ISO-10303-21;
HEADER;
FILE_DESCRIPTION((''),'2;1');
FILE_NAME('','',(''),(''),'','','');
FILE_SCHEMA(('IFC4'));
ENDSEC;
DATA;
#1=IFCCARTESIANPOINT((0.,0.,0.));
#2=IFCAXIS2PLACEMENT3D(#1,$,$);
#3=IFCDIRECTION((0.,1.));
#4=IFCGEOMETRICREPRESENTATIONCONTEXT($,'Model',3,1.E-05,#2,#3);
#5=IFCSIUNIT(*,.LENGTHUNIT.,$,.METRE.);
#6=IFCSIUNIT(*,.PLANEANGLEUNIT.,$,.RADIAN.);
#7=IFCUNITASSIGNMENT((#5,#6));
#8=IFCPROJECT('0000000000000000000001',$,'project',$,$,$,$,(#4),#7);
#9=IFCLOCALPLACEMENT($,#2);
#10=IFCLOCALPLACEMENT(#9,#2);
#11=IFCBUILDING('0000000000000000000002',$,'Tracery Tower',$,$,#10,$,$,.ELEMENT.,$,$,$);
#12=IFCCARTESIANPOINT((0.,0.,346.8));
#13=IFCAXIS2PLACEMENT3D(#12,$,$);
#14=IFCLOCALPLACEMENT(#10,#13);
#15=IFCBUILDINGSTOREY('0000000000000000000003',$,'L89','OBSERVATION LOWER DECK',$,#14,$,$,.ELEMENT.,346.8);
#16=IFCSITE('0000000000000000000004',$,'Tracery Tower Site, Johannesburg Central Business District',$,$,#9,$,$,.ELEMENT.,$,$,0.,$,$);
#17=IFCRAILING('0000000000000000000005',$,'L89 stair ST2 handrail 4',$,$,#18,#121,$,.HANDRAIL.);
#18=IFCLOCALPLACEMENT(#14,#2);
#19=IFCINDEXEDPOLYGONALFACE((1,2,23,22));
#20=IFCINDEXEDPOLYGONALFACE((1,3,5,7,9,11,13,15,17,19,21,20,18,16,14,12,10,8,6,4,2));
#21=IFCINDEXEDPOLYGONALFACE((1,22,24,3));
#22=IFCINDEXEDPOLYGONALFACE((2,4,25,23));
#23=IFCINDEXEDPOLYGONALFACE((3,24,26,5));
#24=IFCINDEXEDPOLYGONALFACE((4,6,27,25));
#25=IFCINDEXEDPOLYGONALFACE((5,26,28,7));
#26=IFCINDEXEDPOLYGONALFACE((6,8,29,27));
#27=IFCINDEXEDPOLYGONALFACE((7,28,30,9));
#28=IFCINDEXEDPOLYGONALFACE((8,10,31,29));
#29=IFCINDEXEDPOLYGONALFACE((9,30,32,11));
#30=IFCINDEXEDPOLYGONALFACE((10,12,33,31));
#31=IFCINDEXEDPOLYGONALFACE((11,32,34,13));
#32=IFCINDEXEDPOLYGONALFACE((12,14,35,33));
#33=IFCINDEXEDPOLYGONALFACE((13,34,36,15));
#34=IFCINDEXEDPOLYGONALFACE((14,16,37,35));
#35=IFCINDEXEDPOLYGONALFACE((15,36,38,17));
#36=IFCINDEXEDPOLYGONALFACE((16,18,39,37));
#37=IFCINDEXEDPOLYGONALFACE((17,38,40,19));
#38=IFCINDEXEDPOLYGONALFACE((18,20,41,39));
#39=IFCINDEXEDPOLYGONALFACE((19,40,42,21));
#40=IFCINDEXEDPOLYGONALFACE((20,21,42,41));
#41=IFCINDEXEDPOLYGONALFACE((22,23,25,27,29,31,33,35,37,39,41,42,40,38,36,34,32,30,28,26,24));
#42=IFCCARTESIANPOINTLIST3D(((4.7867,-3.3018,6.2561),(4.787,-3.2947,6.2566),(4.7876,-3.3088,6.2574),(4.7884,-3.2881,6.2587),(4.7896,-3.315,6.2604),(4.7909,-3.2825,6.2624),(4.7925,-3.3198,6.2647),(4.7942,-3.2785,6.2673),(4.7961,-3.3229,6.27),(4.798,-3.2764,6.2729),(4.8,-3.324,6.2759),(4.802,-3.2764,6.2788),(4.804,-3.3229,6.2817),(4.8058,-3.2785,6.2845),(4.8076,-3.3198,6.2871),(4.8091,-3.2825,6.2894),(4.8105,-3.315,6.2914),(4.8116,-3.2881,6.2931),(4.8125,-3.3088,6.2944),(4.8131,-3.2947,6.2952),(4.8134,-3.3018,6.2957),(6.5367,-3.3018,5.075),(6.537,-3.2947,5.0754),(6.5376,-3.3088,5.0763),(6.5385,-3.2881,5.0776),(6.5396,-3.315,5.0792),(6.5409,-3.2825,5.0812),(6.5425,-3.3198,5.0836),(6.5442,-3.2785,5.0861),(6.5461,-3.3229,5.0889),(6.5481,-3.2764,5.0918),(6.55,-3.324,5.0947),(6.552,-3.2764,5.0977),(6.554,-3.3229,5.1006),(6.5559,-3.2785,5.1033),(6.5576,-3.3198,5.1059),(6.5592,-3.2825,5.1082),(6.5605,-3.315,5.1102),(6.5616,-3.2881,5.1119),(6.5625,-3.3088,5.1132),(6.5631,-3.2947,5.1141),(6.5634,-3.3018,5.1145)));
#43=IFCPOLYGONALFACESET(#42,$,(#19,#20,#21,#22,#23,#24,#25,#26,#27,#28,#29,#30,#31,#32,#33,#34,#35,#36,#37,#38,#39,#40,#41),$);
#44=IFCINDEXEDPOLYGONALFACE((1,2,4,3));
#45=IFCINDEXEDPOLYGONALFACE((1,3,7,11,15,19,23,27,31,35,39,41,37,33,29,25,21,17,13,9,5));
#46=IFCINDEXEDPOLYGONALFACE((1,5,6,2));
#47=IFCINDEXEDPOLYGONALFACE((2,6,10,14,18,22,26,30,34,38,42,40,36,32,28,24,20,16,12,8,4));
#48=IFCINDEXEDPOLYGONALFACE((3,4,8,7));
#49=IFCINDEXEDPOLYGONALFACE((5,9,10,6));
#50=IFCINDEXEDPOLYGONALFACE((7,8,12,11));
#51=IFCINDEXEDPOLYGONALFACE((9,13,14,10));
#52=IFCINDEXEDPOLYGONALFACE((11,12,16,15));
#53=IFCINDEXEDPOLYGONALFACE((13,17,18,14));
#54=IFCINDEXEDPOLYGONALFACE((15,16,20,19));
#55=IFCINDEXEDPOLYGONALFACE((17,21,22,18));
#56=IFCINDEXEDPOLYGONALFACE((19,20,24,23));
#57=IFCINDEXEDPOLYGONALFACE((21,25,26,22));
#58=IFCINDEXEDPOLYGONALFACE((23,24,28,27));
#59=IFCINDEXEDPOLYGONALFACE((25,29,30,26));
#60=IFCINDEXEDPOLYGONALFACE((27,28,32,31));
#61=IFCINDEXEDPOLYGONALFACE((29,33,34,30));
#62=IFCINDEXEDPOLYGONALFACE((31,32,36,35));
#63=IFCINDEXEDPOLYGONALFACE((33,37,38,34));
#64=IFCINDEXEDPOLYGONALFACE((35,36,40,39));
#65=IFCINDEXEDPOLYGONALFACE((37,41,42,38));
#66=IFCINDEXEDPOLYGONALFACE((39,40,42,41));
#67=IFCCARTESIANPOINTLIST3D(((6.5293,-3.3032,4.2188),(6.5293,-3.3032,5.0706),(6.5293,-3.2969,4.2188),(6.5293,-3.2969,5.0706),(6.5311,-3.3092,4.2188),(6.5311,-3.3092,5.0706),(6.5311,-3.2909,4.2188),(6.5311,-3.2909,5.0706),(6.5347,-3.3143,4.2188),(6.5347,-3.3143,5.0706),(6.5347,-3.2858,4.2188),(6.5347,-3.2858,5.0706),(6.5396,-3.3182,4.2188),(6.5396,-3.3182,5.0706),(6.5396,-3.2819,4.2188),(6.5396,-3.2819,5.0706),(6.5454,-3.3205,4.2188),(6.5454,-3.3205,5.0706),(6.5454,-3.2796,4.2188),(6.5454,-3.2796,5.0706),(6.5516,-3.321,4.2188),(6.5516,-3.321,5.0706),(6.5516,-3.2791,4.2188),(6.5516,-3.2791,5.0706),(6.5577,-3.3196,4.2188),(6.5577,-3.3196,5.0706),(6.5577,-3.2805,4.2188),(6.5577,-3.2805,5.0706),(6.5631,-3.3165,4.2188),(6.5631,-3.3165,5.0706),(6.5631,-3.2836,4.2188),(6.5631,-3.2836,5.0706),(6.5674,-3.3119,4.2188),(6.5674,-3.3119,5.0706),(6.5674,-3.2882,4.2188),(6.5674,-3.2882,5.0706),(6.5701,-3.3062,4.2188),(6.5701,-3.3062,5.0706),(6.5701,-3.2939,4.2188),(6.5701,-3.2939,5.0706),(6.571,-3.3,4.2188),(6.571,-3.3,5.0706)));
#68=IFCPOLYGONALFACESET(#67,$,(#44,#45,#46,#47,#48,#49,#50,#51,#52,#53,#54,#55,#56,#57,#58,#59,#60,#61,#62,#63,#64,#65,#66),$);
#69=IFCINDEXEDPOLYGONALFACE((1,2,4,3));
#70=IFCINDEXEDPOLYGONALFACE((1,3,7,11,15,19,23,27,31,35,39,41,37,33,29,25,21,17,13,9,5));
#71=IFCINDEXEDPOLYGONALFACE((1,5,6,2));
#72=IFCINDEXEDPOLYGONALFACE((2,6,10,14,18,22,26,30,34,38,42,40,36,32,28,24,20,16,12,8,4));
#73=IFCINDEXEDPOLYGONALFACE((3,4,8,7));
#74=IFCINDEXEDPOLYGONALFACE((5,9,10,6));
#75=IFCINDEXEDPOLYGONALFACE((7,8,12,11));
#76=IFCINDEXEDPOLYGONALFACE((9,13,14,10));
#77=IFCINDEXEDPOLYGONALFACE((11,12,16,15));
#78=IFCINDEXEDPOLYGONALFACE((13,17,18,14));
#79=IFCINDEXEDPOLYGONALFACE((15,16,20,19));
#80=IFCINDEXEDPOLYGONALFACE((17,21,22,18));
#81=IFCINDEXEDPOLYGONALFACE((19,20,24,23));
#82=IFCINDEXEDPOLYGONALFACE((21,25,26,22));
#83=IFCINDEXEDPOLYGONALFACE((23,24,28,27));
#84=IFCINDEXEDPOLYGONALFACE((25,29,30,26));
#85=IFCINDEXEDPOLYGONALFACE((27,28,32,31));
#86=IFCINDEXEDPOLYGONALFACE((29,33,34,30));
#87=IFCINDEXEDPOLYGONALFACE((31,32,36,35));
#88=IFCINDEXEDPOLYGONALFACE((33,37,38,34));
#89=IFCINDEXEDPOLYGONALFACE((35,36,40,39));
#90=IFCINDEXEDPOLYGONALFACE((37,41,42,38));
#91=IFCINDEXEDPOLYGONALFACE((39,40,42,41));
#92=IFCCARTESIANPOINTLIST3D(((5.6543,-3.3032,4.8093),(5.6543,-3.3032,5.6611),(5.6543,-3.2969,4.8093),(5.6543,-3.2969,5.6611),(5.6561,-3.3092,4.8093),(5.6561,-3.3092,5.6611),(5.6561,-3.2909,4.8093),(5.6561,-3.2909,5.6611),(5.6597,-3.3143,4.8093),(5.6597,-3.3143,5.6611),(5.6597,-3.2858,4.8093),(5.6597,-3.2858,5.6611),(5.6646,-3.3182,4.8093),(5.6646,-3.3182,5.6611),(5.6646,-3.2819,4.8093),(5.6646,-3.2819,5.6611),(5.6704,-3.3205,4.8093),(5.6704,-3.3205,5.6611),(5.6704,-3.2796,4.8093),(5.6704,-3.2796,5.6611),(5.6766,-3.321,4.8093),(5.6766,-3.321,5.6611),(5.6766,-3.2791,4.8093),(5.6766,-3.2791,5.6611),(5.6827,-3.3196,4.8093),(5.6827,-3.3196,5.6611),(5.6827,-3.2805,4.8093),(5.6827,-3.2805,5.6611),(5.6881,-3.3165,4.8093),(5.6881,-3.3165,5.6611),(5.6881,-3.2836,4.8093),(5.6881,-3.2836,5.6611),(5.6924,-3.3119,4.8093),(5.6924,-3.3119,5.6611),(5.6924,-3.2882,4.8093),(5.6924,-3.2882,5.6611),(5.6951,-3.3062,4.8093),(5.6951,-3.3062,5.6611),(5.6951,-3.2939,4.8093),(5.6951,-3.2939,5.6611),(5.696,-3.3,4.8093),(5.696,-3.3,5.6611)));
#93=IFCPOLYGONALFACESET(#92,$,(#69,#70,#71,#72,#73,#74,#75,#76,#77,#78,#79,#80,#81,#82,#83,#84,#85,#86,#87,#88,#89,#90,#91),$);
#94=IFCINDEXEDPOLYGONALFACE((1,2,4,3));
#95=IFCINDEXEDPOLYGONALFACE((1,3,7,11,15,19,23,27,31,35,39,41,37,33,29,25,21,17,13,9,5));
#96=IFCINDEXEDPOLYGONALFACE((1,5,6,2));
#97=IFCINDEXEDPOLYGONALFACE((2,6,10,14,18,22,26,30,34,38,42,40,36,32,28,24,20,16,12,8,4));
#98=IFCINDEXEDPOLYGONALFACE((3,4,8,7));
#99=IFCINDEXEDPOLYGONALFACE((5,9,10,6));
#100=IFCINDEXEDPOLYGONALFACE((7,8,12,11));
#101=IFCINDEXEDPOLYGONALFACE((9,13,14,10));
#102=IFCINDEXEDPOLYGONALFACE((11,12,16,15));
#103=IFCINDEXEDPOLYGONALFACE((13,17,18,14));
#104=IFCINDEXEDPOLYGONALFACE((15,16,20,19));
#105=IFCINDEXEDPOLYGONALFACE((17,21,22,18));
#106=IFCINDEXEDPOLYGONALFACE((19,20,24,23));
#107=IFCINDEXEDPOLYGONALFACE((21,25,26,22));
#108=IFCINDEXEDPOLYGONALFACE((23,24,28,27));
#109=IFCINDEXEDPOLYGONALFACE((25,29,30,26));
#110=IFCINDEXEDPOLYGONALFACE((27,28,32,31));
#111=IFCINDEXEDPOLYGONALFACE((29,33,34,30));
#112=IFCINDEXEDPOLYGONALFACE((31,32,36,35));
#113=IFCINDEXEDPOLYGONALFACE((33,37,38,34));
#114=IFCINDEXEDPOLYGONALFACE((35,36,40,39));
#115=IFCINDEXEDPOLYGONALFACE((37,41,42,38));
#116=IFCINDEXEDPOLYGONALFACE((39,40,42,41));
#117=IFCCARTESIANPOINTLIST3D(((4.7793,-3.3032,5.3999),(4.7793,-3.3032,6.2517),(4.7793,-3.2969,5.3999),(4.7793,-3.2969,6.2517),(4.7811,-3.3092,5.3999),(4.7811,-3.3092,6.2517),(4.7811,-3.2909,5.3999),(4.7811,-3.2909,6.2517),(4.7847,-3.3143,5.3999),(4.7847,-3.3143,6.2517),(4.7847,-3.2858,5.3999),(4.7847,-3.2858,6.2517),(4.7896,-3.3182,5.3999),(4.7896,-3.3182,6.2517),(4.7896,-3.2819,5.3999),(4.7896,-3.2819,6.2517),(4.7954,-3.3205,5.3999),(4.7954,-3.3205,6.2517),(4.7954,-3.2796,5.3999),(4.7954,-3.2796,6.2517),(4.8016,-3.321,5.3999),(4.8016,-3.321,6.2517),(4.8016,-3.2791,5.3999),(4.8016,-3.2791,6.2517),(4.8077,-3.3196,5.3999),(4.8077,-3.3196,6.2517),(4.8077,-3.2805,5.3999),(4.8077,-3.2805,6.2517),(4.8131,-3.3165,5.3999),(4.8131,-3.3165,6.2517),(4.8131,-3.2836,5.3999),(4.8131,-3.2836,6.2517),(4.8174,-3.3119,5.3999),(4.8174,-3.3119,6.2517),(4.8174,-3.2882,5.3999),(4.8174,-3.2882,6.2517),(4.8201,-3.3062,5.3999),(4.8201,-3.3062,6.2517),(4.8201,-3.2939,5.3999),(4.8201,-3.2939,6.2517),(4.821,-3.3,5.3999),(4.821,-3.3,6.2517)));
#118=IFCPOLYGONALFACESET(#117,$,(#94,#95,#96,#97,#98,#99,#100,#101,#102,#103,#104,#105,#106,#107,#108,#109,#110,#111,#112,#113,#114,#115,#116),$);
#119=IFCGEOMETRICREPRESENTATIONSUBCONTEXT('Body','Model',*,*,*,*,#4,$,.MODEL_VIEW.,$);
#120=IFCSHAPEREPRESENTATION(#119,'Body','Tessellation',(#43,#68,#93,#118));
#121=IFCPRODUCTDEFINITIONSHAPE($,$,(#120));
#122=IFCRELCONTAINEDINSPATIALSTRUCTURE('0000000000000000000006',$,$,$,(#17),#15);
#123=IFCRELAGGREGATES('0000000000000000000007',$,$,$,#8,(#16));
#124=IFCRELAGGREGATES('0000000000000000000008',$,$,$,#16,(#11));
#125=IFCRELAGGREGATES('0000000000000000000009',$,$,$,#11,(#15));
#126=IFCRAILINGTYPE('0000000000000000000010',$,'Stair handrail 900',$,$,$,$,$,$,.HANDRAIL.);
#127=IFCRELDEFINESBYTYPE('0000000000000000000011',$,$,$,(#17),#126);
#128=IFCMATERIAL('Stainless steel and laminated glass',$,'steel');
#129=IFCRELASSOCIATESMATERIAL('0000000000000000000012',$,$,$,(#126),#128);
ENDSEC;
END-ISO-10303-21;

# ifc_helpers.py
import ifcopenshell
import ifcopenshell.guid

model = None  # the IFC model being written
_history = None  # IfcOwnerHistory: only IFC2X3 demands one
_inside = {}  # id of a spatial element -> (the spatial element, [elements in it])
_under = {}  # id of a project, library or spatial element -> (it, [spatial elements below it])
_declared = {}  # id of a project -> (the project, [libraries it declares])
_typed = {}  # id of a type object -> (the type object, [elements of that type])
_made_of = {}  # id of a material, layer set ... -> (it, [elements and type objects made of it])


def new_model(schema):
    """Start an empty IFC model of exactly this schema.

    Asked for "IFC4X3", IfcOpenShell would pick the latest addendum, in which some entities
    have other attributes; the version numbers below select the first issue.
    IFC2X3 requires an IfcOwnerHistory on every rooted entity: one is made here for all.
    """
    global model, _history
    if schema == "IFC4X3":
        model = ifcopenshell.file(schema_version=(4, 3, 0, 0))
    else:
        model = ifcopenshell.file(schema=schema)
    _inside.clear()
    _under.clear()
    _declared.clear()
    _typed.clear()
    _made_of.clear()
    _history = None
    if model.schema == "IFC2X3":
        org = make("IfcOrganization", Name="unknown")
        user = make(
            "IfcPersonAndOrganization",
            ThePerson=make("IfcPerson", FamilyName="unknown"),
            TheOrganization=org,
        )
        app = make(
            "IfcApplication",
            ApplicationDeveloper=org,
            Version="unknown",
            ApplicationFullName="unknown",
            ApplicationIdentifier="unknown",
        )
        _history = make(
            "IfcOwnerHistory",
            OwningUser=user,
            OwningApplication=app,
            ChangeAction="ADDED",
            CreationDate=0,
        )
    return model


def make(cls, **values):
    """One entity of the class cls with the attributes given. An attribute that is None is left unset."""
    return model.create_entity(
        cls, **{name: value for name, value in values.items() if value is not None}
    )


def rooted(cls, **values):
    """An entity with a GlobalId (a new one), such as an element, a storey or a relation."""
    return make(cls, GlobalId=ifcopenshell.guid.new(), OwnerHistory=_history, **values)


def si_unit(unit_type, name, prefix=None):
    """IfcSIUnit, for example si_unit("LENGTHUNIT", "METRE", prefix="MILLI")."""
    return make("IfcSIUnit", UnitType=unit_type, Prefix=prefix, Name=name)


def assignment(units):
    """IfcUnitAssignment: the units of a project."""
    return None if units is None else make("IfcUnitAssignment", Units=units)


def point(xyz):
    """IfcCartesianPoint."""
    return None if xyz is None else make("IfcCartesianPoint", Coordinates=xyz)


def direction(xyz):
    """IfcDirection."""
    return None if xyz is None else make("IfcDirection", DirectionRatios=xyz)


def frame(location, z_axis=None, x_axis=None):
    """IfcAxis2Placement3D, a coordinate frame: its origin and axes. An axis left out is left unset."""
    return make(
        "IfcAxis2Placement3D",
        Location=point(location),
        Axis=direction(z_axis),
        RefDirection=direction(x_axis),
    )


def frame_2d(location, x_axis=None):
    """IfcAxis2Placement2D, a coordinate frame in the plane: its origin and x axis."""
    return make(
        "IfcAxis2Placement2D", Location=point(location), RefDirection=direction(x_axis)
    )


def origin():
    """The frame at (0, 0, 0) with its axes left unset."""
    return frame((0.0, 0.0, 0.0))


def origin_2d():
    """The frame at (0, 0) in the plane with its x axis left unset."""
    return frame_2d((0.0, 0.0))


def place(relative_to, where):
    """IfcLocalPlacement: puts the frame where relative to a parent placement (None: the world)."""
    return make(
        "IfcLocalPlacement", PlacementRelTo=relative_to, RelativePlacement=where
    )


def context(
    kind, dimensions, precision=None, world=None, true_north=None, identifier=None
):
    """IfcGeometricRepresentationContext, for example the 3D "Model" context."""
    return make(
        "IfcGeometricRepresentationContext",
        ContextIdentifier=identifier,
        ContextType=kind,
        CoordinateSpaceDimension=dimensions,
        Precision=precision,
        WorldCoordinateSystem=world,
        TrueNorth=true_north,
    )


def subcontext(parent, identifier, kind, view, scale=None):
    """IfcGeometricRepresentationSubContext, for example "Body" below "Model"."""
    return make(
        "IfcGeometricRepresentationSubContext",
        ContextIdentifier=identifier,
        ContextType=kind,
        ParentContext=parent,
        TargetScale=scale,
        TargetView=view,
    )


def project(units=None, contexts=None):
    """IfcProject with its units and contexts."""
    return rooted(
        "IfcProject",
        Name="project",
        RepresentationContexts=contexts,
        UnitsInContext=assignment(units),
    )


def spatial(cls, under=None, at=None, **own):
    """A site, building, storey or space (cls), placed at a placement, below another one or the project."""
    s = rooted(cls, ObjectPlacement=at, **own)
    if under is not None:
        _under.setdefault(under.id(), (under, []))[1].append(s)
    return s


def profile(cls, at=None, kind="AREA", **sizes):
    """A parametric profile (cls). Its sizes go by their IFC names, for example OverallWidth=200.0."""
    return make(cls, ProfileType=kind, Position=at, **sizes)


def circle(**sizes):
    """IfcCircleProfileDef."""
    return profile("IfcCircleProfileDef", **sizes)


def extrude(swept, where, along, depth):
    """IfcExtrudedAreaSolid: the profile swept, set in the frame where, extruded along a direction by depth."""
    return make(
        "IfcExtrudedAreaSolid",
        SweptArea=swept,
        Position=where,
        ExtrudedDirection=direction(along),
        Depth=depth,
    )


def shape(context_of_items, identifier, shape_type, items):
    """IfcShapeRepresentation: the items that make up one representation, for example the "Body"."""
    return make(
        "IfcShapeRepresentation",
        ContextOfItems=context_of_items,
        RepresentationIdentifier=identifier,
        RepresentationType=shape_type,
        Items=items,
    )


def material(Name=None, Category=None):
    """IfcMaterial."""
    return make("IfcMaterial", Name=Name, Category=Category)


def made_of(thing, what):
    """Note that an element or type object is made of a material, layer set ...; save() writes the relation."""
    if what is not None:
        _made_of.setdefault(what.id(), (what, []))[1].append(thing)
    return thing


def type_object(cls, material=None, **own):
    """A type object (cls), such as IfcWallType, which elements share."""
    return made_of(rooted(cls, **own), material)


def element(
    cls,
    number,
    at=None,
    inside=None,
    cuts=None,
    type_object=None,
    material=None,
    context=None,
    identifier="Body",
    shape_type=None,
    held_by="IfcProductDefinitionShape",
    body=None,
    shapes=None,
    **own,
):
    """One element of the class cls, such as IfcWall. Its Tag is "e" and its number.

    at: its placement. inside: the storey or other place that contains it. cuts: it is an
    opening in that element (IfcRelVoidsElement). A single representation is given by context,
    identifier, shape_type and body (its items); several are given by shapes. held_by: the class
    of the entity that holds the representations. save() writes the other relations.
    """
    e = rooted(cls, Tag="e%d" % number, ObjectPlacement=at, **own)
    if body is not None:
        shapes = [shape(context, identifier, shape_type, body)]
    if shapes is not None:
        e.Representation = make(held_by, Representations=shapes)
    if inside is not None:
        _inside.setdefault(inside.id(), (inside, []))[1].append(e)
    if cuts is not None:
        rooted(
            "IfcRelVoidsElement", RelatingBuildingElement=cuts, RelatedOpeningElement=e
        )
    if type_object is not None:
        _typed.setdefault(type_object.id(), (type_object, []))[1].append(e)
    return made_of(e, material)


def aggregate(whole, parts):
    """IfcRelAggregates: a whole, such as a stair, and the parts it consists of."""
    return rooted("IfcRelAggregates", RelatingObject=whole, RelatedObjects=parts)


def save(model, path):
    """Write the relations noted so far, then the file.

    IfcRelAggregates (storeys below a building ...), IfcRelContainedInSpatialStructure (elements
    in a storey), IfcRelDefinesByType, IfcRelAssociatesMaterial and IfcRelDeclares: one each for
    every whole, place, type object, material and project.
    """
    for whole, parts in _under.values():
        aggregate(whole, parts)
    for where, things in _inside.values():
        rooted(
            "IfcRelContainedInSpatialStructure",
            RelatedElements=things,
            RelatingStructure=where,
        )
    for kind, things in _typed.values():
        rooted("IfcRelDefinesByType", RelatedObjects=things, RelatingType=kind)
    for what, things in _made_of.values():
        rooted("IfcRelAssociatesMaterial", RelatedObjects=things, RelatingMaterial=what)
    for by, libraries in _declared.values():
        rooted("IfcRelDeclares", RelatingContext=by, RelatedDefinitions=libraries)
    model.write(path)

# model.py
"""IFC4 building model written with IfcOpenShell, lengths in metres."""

from ifc_helpers import new_model, si_unit, direction, frame, origin, origin_2d, place, context, subcontext, project, spatial, circle, extrude, material, type_object, element, save


model = new_model("IFC4")

# Units and contexts
model_context = context("Model", 3, precision=1e-05, world=origin(), true_north=direction((0.0, 1.0)))
body_context = subcontext(model_context, "Body", "Model", "MODEL_VIEW")
ifc_project = project(units=[si_unit("LENGTHUNIT", "METRE"), si_unit("PLANEANGLEUNIT", "RADIAN")], contexts=[model_context])

# Site, building, storey
site_placement = place(None, origin())
site = spatial("IfcSite", under=ifc_project, at=site_placement, Name="Tracery Tower Site, Johannesburg Central Business District", CompositionType="ELEMENT", RefElevation=0.0)
building_placement = place(site_placement, origin())
building = spatial("IfcBuilding", under=site, at=building_placement, Name="Tracery Tower", CompositionType="ELEMENT")
storey_placement = place(building_placement, frame((0.0, 0.0, 346.8)))
storey = spatial("IfcBuildingStorey", under=building, at=storey_placement, Name="L89", Description="OBSERVATION LOWER DECK", CompositionType="ELEMENT", Elevation=346.8)

# Railing
ifc_material_1 = material(Name="Stainless steel and laminated glass", Category="steel")
railing_type_1 = type_object("IfcRailingType", Name="Stair handrail 900", PredefinedType="HANDRAIL", material=ifc_material_1)
railing_1_placement = place(storey_placement, frame((6.55, -3.3, 4.2188)))
element("IfcRailing", 1, at=railing_1_placement, inside=storey, type_object=railing_type_1, Name="L89 stair ST2 handrail 4", PredefinedType="HANDRAIL", context=body_context, shape_type="SweptSolid", body=[
    extrude(circle(Radius=0.0239, at=origin_2d()), frame((0.0, 0.0, 0.876), z_axis=(-0.82887, 0.0, 0.559441), x_axis=(0.0, -1.0, 0.0)), (0.0, 0.0, 1.0), 2.1113),
    extrude(circle(Radius=0.021, at=origin_2d()), origin(), (0.0, 0.0, 1.0), 0.8518),
    extrude(circle(Radius=0.021, at=origin_2d()), frame((-0.875, 0.0, 0.5906)), (0.0, 0.0, 1.0), 0.8518),
    extrude(circle(Radius=0.021, at=origin_2d()), frame((-1.75, 0.0, 1.1812)), (0.0, 0.0, 1.0), 0.8518),
])

save(model, "model.ifc")
